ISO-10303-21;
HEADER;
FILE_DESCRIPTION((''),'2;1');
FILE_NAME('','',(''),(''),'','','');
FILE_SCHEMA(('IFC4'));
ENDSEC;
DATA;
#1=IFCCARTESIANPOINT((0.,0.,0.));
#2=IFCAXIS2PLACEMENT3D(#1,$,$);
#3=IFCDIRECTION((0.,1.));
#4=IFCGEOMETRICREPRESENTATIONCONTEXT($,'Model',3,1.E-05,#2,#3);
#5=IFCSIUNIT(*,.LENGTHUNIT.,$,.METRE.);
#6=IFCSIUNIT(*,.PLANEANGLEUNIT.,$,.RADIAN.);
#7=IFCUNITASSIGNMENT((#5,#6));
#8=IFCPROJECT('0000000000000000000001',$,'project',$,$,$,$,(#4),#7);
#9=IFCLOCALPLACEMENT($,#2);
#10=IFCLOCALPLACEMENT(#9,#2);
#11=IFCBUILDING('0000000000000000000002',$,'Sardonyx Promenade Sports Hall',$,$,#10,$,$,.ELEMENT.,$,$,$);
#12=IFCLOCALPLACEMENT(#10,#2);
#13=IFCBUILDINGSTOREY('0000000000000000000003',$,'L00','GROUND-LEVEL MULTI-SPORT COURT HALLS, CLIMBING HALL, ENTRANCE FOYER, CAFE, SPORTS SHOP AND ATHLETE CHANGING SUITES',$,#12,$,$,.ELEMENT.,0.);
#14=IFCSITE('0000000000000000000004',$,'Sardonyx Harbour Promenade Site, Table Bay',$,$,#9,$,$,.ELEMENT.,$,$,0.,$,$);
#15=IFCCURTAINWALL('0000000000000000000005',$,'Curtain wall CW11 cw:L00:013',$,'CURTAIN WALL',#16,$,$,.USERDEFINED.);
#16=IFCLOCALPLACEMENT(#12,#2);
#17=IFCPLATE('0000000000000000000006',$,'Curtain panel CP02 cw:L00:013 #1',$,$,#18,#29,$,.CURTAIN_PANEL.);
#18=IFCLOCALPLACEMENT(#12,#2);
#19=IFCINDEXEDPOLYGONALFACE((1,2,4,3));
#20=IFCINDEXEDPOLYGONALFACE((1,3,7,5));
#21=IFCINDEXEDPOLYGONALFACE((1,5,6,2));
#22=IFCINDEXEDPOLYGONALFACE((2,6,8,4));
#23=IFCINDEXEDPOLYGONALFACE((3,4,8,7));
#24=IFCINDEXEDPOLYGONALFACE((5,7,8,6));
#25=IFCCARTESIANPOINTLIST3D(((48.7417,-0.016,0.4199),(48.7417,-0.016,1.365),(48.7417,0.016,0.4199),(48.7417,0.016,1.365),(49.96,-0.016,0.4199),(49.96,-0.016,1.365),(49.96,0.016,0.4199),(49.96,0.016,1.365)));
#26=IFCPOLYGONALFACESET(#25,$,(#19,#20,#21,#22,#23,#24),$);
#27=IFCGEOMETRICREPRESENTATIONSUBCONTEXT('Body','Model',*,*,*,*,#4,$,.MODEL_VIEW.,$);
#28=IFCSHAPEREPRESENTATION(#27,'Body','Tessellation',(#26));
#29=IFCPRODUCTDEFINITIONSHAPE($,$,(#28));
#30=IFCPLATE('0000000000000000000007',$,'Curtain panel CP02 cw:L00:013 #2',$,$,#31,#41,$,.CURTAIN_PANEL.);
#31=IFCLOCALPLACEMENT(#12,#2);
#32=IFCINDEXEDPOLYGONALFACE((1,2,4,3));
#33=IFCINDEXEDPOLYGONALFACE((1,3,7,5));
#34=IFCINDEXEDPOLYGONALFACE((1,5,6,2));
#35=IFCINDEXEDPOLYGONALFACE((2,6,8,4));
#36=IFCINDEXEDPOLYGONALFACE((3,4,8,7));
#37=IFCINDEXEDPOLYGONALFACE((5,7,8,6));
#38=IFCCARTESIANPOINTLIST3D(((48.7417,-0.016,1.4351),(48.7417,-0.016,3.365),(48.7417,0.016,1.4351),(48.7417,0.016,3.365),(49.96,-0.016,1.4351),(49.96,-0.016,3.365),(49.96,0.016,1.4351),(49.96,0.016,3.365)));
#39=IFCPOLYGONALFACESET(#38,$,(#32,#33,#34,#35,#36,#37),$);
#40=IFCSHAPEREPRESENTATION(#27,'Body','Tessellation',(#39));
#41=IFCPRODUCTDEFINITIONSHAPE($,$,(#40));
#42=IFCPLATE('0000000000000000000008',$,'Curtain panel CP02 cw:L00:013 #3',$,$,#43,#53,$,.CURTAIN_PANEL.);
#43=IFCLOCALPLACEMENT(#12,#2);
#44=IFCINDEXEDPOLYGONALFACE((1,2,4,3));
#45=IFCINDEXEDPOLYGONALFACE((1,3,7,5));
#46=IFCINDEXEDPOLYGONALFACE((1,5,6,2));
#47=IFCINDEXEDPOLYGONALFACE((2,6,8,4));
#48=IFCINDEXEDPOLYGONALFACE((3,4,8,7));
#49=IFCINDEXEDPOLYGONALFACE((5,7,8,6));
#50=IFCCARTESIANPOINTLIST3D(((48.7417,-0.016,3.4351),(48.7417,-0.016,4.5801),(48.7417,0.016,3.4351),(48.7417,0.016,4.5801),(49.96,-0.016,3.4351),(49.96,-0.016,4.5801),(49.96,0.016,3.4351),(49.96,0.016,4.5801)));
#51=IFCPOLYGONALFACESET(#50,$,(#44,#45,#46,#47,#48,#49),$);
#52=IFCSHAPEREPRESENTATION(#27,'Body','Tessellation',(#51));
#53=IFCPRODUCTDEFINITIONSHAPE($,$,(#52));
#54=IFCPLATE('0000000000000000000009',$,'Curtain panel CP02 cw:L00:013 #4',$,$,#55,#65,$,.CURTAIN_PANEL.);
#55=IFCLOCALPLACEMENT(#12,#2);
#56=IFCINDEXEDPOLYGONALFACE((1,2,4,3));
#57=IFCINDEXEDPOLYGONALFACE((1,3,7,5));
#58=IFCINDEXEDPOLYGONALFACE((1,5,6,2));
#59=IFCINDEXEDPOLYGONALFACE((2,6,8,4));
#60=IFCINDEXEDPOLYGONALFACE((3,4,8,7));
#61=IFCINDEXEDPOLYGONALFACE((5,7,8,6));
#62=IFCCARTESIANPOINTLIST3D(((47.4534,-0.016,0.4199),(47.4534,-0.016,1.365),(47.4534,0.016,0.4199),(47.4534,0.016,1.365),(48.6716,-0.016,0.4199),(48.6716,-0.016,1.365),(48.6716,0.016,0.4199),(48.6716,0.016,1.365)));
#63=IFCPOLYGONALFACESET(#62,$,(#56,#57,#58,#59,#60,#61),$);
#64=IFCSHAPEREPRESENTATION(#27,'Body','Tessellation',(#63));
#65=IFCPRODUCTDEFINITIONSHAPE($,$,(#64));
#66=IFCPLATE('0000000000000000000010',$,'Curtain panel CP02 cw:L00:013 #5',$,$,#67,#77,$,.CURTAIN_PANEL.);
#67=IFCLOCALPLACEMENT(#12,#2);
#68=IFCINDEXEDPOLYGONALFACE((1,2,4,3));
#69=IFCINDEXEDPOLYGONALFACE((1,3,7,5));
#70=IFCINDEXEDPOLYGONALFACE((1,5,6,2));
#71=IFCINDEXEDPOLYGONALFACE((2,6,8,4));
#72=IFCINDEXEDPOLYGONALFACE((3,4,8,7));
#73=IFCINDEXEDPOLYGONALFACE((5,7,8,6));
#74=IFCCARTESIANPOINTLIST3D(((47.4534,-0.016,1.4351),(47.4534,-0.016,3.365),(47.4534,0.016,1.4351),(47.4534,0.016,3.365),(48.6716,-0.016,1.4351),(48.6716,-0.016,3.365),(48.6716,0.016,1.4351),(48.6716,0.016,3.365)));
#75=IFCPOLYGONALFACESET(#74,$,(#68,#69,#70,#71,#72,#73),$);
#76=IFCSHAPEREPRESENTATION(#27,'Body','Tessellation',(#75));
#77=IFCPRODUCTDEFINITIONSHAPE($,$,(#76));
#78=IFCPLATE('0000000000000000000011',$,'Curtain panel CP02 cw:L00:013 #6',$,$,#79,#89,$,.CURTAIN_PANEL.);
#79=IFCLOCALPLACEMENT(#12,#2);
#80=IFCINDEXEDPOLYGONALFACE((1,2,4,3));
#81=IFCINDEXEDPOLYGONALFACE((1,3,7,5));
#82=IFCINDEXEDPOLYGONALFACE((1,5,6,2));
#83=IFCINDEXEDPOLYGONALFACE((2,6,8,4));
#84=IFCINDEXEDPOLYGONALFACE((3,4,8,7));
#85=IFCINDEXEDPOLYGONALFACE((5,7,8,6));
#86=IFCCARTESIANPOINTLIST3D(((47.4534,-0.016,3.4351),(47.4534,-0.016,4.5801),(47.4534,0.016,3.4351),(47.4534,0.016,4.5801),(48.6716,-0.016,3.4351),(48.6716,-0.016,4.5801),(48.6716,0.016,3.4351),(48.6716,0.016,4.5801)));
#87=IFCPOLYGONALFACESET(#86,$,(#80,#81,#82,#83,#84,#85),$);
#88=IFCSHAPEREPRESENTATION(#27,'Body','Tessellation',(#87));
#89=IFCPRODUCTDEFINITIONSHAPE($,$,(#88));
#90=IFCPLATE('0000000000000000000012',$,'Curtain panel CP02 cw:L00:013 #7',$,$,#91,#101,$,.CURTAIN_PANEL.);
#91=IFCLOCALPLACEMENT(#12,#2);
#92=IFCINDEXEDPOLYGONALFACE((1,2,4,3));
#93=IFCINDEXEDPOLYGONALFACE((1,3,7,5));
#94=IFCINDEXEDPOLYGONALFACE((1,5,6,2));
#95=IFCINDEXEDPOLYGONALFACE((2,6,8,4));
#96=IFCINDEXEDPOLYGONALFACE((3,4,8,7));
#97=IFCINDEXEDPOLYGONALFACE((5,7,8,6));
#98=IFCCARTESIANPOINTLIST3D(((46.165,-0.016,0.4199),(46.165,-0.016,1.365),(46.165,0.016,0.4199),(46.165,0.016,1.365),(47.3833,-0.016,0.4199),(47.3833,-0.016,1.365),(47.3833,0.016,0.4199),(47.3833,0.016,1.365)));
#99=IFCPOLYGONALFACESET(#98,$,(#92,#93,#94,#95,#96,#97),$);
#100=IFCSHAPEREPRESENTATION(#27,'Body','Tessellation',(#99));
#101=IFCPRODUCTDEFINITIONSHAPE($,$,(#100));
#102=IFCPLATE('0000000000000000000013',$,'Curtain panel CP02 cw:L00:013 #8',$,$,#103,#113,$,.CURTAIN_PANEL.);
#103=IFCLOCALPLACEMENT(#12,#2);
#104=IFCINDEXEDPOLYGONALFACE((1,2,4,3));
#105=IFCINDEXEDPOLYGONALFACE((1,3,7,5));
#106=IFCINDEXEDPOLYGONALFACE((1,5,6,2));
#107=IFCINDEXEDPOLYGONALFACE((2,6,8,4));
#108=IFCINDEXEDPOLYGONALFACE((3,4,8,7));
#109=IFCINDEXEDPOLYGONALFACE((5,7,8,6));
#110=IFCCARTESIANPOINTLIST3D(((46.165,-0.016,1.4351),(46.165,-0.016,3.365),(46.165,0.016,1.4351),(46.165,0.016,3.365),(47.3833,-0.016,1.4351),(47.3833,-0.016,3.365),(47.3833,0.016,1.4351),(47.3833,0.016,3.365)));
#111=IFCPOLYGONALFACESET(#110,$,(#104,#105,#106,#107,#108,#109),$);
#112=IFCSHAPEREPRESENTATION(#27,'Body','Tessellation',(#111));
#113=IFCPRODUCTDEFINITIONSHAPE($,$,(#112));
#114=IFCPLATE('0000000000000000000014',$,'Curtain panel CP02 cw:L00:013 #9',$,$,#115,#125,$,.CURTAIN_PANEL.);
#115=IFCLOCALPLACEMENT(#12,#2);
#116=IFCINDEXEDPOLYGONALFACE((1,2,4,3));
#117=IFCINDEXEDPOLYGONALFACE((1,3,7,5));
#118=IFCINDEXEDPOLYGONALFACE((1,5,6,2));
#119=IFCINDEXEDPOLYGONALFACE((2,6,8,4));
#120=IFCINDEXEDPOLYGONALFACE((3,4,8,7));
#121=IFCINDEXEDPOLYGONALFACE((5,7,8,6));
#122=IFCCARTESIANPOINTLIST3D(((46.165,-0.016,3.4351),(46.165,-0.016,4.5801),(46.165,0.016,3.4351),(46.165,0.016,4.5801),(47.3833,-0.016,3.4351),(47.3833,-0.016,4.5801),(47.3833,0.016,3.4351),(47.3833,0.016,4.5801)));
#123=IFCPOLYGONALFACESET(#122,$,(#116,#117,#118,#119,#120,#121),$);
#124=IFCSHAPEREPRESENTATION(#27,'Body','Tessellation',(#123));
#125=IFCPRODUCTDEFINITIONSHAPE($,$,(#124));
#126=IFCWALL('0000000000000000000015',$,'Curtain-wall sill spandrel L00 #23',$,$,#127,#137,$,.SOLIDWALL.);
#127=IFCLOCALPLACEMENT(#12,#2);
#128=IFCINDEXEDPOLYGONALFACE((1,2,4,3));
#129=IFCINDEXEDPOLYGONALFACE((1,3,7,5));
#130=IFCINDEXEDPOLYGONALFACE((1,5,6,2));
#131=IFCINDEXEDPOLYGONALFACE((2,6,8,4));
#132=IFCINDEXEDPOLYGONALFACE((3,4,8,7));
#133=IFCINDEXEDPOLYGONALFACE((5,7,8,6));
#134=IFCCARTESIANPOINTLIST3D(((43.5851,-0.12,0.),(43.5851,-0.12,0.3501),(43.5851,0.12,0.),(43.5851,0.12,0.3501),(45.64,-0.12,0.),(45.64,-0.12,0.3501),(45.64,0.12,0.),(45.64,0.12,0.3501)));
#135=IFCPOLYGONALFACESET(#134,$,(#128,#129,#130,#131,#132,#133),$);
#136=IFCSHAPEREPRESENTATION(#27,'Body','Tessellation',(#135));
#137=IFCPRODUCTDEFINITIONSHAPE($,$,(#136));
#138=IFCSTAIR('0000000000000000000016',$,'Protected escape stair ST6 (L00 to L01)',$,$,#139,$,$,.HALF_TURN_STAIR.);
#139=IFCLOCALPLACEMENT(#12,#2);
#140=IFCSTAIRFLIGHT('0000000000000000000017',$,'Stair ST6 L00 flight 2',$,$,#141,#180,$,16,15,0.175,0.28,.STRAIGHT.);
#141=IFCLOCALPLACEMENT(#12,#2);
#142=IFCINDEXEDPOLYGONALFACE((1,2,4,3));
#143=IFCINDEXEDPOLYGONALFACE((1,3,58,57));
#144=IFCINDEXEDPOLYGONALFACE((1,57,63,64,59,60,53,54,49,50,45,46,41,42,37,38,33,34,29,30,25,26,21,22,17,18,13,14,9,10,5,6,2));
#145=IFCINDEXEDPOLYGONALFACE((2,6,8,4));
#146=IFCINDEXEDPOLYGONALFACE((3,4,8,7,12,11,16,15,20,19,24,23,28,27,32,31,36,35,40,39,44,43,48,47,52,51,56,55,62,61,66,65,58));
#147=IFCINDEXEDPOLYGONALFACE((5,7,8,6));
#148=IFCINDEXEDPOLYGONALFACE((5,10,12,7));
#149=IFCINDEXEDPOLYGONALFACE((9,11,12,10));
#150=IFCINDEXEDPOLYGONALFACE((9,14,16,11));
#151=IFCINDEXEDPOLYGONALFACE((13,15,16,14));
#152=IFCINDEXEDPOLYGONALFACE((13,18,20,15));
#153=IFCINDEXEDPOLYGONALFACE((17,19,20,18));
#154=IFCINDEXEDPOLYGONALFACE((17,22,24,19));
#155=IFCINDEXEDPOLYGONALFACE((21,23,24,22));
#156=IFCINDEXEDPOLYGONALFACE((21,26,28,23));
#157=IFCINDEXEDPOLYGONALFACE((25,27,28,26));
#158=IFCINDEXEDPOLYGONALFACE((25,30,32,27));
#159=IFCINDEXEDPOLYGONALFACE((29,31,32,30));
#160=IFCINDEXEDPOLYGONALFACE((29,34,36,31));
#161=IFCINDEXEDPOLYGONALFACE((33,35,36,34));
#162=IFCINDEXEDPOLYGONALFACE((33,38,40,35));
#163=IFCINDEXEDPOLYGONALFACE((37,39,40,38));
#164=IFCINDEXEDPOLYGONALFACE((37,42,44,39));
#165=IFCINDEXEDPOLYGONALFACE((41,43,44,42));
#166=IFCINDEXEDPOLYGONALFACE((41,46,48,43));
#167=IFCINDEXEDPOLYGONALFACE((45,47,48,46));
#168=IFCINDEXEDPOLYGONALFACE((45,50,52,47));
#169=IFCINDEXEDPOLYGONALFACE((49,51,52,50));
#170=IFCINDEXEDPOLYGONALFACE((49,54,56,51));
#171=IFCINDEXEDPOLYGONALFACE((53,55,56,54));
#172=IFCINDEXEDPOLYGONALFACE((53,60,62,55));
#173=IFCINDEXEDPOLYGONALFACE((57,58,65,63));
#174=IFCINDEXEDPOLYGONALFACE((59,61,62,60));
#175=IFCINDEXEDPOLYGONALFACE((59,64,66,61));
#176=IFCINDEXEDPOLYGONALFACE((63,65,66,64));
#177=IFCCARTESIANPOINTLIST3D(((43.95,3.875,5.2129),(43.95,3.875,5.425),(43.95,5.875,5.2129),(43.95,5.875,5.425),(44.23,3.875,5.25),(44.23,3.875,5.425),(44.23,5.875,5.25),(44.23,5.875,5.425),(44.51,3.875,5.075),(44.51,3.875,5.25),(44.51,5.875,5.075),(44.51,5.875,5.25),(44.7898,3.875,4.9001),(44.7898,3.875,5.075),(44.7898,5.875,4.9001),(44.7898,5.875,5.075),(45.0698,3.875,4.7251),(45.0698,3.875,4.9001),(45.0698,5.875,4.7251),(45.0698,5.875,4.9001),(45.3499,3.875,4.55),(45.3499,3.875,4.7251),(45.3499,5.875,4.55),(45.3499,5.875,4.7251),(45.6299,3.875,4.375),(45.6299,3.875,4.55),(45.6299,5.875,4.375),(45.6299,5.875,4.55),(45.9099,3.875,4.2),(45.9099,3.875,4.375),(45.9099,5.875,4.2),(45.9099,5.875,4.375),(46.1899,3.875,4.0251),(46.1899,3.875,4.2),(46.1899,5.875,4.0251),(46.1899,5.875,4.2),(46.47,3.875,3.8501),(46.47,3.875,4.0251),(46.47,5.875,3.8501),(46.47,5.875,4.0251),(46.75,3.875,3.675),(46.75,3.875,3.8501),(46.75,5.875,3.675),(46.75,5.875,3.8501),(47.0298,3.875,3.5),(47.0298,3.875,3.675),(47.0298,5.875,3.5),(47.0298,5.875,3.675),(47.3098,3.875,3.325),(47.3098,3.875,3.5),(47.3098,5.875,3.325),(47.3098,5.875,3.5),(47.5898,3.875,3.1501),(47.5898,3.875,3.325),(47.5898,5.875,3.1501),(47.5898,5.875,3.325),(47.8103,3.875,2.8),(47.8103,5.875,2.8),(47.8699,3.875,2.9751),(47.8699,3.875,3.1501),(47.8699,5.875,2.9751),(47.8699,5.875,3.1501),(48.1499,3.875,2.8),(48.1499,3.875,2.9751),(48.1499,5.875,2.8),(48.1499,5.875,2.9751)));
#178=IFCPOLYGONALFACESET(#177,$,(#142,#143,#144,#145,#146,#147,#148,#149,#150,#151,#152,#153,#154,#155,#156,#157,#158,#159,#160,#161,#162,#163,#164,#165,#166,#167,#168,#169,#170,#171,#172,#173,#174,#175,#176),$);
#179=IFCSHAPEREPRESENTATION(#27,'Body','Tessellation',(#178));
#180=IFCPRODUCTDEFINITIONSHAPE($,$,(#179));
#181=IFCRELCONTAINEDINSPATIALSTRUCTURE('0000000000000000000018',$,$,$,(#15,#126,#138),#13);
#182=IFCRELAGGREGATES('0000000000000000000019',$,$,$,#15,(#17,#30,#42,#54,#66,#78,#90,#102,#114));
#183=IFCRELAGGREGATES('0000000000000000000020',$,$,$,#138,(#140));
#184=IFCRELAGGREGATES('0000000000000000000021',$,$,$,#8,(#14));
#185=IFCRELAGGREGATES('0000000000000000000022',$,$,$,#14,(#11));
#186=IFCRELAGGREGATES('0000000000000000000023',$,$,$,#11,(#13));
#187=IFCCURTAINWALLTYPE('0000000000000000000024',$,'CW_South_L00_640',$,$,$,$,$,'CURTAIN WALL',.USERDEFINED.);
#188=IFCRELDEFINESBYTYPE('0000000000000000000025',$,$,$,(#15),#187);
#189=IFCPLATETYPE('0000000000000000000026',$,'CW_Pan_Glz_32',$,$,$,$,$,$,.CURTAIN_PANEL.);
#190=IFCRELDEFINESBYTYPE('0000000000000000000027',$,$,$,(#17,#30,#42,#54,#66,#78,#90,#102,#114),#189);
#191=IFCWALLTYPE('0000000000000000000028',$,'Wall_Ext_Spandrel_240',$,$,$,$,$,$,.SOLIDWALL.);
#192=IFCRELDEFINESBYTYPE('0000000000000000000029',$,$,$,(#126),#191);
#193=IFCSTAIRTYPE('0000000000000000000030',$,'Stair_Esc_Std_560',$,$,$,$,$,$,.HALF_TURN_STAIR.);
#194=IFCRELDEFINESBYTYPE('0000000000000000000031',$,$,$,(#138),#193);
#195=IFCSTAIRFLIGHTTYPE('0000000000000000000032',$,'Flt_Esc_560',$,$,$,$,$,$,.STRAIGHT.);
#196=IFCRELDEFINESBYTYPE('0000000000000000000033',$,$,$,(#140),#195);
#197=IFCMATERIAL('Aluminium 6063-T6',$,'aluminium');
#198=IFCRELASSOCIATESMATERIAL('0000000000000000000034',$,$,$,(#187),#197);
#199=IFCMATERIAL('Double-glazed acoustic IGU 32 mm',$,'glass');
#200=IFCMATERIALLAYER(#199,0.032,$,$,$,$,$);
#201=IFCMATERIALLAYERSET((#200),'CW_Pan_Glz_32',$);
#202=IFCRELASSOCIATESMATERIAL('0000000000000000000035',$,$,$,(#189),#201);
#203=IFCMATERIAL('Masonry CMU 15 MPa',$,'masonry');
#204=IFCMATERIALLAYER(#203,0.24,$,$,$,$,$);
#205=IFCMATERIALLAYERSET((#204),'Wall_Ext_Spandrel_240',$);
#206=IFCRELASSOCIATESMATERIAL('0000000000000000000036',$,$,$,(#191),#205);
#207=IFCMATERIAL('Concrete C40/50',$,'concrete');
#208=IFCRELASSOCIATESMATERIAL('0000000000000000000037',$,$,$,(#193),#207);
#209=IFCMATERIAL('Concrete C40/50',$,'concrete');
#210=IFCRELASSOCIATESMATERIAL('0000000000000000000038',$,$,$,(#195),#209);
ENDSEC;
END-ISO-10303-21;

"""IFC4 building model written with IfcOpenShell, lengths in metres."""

from ifc_helpers import new_model, si_unit, direction, frame, frame_2d, origin, origin_2d, place, context, subcontext, project, spatial, polyline, rectangle, outline, extrude, material, layer, layer_set, type_object, element, aggregate, save


model = new_model("IFC4")

# Units and contexts
model_context = context("Model", 3, precision=1e-05, world=origin(), true_north=direction((0.0, 1.0)))
body_context = subcontext(model_context, "Body", "Model", "MODEL_VIEW")
ifc_project = project(units=[si_unit("LENGTHUNIT", "METRE"), si_unit("PLANEANGLEUNIT", "RADIAN")], contexts=[model_context])

# Site, building, storey
site_placement = place(None, origin())
site = spatial("IfcSite", under=ifc_project, at=site_placement, Name="Sardonyx Harbour Promenade Site, Table Bay", CompositionType="ELEMENT", RefElevation=0.0)
building_placement = place(site_placement, origin())
building = spatial("IfcBuilding", under=site, at=building_placement, Name="Sardonyx Promenade Sports Hall", CompositionType="ELEMENT")
storey_placement = place(building_placement, origin())
storey = spatial("IfcBuildingStorey", under=building, at=storey_placement, Name="L00", Description="GROUND-LEVEL MULTI-SPORT COURT HALLS, CLIMBING HALL, ENTRANCE FOYER, CAFE, SPORTS SHOP AND ATHLETE CHANGING SUITES", CompositionType="ELEMENT", Elevation=0.0)

# Curtain wall
ifc_material_1 = material(Name="Aluminium 6063-T6", Category="aluminium")
curtain_wall_type_1 = type_object("IfcCurtainWallType", Name="CW_South_L00_640", ElementType="CURTAIN WALL", PredefinedType="USERDEFINED", material=ifc_material_1)
curtain_wall_1_placement = place(storey_placement, origin())
curtain_wall_1 = element("IfcCurtainWall", 1, at=curtain_wall_1_placement, inside=storey, type_object=curtain_wall_type_1, Name="Curtain wall CW11 cw:L00:013", ObjectType="CURTAIN WALL", PredefinedType="USERDEFINED")

# Plates
ifc_material_2 = material(Name="Double-glazed acoustic IGU 32 mm", Category="glass")
ifc_layer_1 = layer(ifc_material_2, 0.032)
ifc_layer_set_1 = layer_set([ifc_layer_1], Name="CW_Pan_Glz_32")
plate_type = type_object("IfcPlateType", Name="CW_Pan_Glz_32", PredefinedType="CURTAIN_PANEL", material=ifc_layer_set_1)
plate_1_placement = place(storey_placement, frame((49.3508, 0.0, 0.4199), z_axis=(0.0, 0.0, 1.0), x_axis=(-1.0, 0.0, 0.0)))
plate_1 = element("IfcPlate", 2, at=plate_1_placement, type_object=plate_type, Name="Curtain panel CP02 cw:L00:013 #1", PredefinedType="CURTAIN_PANEL", context=body_context, shape_type="SweptSolid", body=[
    extrude(rectangle(XDim=1.2183, YDim=0.032, at=origin_2d()), origin(), (0.0, 0.0, 1.0), 0.9451),
])
plate_2_placement = place(storey_placement, frame((49.3508, 0.0, 1.4351), z_axis=(0.0, 0.0, 1.0), x_axis=(-1.0, 0.0, 0.0)))
plate_2 = element("IfcPlate", 3, at=plate_2_placement, type_object=plate_type, Name="Curtain panel CP02 cw:L00:013 #2", PredefinedType="CURTAIN_PANEL", context=body_context, shape_type="SweptSolid", body=[
    extrude(rectangle(XDim=1.2183, YDim=0.032, at=origin_2d()), origin(), (0.0, 0.0, 1.0), 1.9299),
])
plate_3_placement = place(storey_placement, frame((49.3508, 0.0, 3.4351), z_axis=(0.0, 0.0, 1.0), x_axis=(-1.0, 0.0, 0.0)))
plate_3 = element("IfcPlate", 4, at=plate_3_placement, type_object=plate_type, Name="Curtain panel CP02 cw:L00:013 #3", PredefinedType="CURTAIN_PANEL", context=body_context, shape_type="SweptSolid", body=[
    extrude(rectangle(XDim=1.2183, YDim=0.032, at=origin_2d()), origin(), (0.0, 0.0, 1.0), 1.145),
])
plate_4_placement = place(storey_placement, frame((48.0625, 0.0, 0.4199), z_axis=(0.0, 0.0, 1.0), x_axis=(-1.0, 0.0, 0.0)))
plate_4 = element("IfcPlate", 5, at=plate_4_placement, type_object=plate_type, Name="Curtain panel CP02 cw:L00:013 #4", PredefinedType="CURTAIN_PANEL", context=body_context, shape_type="SweptSolid", body=[
    extrude(rectangle(XDim=1.2183, YDim=0.032, at=origin_2d()), origin(), (0.0, 0.0, 1.0), 0.9451),
])
plate_5_placement = place(storey_placement, frame((48.0625, 0.0, 1.4351), z_axis=(0.0, 0.0, 1.0), x_axis=(-1.0, 0.0, 0.0)))
plate_5 = element("IfcPlate", 6, at=plate_5_placement, type_object=plate_type, Name="Curtain panel CP02 cw:L00:013 #5", PredefinedType="CURTAIN_PANEL", context=body_context, shape_type="SweptSolid", body=[
    extrude(rectangle(XDim=1.2183, YDim=0.032, at=origin_2d()), origin(), (0.0, 0.0, 1.0), 1.9299),
])
plate_6_placement = place(storey_placement, frame((48.0625, 0.0, 3.4351), z_axis=(0.0, 0.0, 1.0), x_axis=(-1.0, 0.0, 0.0)))
plate_6 = element("IfcPlate", 7, at=plate_6_placement, type_object=plate_type, Name="Curtain panel CP02 cw:L00:013 #6", PredefinedType="CURTAIN_PANEL", context=body_context, shape_type="SweptSolid", body=[
    extrude(rectangle(XDim=1.2183, YDim=0.032, at=origin_2d()), origin(), (0.0, 0.0, 1.0), 1.145),
])
plate_7_placement = place(storey_placement, frame((46.7742, 0.0, 0.4199), z_axis=(0.0, 0.0, 1.0), x_axis=(-1.0, 0.0, 0.0)))
plate_7 = element("IfcPlate", 8, at=plate_7_placement, type_object=plate_type, Name="Curtain panel CP02 cw:L00:013 #7", PredefinedType="CURTAIN_PANEL", context=body_context, shape_type="SweptSolid", body=[
    extrude(rectangle(XDim=1.2183, YDim=0.032, at=origin_2d()), origin(), (0.0, 0.0, 1.0), 0.9451),
])
plate_8_placement = place(storey_placement, frame((46.7742, 0.0, 1.4351), z_axis=(0.0, 0.0, 1.0), x_axis=(-1.0, 0.0, 0.0)))
plate_8 = element("IfcPlate", 9, at=plate_8_placement, type_object=plate_type, Name="Curtain panel CP02 cw:L00:013 #8", PredefinedType="CURTAIN_PANEL", context=body_context, shape_type="SweptSolid", body=[
    extrude(rectangle(XDim=1.2183, YDim=0.032, at=origin_2d()), origin(), (0.0, 0.0, 1.0), 1.9299),
])
plate_9_placement = place(storey_placement, frame((46.7742, 0.0, 3.4351), z_axis=(0.0, 0.0, 1.0), x_axis=(-1.0, 0.0, 0.0)))
plate_9 = element("IfcPlate", 10, at=plate_9_placement, type_object=plate_type, Name="Curtain panel CP02 cw:L00:013 #9", PredefinedType="CURTAIN_PANEL", context=body_context, shape_type="SweptSolid", body=[
    extrude(rectangle(XDim=1.2183, YDim=0.032, at=origin_2d()), origin(), (0.0, 0.0, 1.0), 1.145),
])
aggregate(curtain_wall_1, [plate_1, plate_2, plate_3, plate_4, plate_5, plate_6, plate_7, plate_8, plate_9])

# Wall
ifc_material_3 = material(Name="Masonry CMU 15 MPa", Category="masonry")
ifc_layer_2 = layer(ifc_material_3, 0.24)
ifc_layer_set_2 = layer_set([ifc_layer_2], Name="Wall_Ext_Spandrel_240")
wall_type = type_object("IfcWallType", Name="Wall_Ext_Spandrel_240", PredefinedType="SOLIDWALL", material=ifc_layer_set_2)
wall_placement = place(storey_placement, frame((45.6399, 0.0, 0.0), z_axis=(0.0, 0.0, 1.0), x_axis=(-1.0, 0.0, 0.0)))
element("IfcWall", 11, at=wall_placement, inside=storey, type_object=wall_type, Name="Curtain-wall sill spandrel L00 #23", PredefinedType="SOLIDWALL", context=body_context, shape_type="SweptSolid", body=[
    extrude(rectangle(XDim=2.0549, YDim=0.24, at=frame_2d((1.0273, 0.0))), origin(), (0.0, 0.0, 1.0), 0.3501),
])

# Stair, stair flight
ifc_material_4 = material(Name="Concrete C40/50", Category="concrete")
stair_type = type_object("IfcStairType", Name="Stair_Esc_Std_560", PredefinedType="HALF_TURN_STAIR", material=ifc_material_4)
stair_placement = place(storey_placement, origin())
stair = element("IfcStair", 12, at=stair_placement, inside=storey, type_object=stair_type, Name="Protected escape stair ST6 (L00 to L01)", PredefinedType="HALF_TURN_STAIR")
ifc_material_5 = material(Name="Concrete C40/50", Category="concrete")
stair_flight_type = type_object("IfcStairFlightType", Name="Flt_Esc_560", PredefinedType="STRAIGHT", material=ifc_material_5)
stair_flight_placement = place(storey_placement, frame((48.1499, 4.875, 2.8), z_axis=(0.0, 0.0, 1.0), x_axis=(-1.0, 0.0, 0.0)))
stair_flight = element("IfcStairFlight", 13, at=stair_flight_placement, type_object=stair_flight_type, Name="Stair ST6 L00 flight 2", NumberOfRisers=16, NumberOfTreads=15, PredefinedType="STRAIGHT", RiserHeight=0.175, TreadLength=0.28, context=body_context, shape_type="SweptSolid", body=[
    extrude(outline(polyline([(0.0, 0.0), (0.0, 0.175), (0.28, 0.175), (0.28, 0.3501), (0.5601, 0.3501), (0.5601, 0.5249), (0.8401, 0.5249), (0.8401, 0.7), (1.1201, 0.7), (1.1201, 0.875), (1.3999, 0.875), (1.3999, 1.05), (1.6799, 1.05), (1.6799, 1.2251), (1.96, 1.2251), (1.96, 1.3999), (2.24, 1.3999), (2.24, 1.575), (2.52, 1.575), (2.52, 1.75), (2.8, 1.75), (2.8, 1.925), (3.0801, 1.925), (3.0801, 2.1001), (3.3601, 2.1001), (3.3601, 2.2749), (3.6399, 2.2749), (3.6399, 2.45), (3.9199, 2.45), (3.9199, 2.625), (4.2, 2.625), (4.2, 2.8), (4.2, 2.4128), (0.3396, 0.0), (0.0, 0.0)])), frame((0.0, 1.0, 0.0), z_axis=(0.0, -1.0, 0.0), x_axis=(1.0, 0.0, 0.0)), (0.0, 0.0, 1.0), 2.0),
])
aggregate(stair, [stair_flight])

save(model, "model.ifc")
